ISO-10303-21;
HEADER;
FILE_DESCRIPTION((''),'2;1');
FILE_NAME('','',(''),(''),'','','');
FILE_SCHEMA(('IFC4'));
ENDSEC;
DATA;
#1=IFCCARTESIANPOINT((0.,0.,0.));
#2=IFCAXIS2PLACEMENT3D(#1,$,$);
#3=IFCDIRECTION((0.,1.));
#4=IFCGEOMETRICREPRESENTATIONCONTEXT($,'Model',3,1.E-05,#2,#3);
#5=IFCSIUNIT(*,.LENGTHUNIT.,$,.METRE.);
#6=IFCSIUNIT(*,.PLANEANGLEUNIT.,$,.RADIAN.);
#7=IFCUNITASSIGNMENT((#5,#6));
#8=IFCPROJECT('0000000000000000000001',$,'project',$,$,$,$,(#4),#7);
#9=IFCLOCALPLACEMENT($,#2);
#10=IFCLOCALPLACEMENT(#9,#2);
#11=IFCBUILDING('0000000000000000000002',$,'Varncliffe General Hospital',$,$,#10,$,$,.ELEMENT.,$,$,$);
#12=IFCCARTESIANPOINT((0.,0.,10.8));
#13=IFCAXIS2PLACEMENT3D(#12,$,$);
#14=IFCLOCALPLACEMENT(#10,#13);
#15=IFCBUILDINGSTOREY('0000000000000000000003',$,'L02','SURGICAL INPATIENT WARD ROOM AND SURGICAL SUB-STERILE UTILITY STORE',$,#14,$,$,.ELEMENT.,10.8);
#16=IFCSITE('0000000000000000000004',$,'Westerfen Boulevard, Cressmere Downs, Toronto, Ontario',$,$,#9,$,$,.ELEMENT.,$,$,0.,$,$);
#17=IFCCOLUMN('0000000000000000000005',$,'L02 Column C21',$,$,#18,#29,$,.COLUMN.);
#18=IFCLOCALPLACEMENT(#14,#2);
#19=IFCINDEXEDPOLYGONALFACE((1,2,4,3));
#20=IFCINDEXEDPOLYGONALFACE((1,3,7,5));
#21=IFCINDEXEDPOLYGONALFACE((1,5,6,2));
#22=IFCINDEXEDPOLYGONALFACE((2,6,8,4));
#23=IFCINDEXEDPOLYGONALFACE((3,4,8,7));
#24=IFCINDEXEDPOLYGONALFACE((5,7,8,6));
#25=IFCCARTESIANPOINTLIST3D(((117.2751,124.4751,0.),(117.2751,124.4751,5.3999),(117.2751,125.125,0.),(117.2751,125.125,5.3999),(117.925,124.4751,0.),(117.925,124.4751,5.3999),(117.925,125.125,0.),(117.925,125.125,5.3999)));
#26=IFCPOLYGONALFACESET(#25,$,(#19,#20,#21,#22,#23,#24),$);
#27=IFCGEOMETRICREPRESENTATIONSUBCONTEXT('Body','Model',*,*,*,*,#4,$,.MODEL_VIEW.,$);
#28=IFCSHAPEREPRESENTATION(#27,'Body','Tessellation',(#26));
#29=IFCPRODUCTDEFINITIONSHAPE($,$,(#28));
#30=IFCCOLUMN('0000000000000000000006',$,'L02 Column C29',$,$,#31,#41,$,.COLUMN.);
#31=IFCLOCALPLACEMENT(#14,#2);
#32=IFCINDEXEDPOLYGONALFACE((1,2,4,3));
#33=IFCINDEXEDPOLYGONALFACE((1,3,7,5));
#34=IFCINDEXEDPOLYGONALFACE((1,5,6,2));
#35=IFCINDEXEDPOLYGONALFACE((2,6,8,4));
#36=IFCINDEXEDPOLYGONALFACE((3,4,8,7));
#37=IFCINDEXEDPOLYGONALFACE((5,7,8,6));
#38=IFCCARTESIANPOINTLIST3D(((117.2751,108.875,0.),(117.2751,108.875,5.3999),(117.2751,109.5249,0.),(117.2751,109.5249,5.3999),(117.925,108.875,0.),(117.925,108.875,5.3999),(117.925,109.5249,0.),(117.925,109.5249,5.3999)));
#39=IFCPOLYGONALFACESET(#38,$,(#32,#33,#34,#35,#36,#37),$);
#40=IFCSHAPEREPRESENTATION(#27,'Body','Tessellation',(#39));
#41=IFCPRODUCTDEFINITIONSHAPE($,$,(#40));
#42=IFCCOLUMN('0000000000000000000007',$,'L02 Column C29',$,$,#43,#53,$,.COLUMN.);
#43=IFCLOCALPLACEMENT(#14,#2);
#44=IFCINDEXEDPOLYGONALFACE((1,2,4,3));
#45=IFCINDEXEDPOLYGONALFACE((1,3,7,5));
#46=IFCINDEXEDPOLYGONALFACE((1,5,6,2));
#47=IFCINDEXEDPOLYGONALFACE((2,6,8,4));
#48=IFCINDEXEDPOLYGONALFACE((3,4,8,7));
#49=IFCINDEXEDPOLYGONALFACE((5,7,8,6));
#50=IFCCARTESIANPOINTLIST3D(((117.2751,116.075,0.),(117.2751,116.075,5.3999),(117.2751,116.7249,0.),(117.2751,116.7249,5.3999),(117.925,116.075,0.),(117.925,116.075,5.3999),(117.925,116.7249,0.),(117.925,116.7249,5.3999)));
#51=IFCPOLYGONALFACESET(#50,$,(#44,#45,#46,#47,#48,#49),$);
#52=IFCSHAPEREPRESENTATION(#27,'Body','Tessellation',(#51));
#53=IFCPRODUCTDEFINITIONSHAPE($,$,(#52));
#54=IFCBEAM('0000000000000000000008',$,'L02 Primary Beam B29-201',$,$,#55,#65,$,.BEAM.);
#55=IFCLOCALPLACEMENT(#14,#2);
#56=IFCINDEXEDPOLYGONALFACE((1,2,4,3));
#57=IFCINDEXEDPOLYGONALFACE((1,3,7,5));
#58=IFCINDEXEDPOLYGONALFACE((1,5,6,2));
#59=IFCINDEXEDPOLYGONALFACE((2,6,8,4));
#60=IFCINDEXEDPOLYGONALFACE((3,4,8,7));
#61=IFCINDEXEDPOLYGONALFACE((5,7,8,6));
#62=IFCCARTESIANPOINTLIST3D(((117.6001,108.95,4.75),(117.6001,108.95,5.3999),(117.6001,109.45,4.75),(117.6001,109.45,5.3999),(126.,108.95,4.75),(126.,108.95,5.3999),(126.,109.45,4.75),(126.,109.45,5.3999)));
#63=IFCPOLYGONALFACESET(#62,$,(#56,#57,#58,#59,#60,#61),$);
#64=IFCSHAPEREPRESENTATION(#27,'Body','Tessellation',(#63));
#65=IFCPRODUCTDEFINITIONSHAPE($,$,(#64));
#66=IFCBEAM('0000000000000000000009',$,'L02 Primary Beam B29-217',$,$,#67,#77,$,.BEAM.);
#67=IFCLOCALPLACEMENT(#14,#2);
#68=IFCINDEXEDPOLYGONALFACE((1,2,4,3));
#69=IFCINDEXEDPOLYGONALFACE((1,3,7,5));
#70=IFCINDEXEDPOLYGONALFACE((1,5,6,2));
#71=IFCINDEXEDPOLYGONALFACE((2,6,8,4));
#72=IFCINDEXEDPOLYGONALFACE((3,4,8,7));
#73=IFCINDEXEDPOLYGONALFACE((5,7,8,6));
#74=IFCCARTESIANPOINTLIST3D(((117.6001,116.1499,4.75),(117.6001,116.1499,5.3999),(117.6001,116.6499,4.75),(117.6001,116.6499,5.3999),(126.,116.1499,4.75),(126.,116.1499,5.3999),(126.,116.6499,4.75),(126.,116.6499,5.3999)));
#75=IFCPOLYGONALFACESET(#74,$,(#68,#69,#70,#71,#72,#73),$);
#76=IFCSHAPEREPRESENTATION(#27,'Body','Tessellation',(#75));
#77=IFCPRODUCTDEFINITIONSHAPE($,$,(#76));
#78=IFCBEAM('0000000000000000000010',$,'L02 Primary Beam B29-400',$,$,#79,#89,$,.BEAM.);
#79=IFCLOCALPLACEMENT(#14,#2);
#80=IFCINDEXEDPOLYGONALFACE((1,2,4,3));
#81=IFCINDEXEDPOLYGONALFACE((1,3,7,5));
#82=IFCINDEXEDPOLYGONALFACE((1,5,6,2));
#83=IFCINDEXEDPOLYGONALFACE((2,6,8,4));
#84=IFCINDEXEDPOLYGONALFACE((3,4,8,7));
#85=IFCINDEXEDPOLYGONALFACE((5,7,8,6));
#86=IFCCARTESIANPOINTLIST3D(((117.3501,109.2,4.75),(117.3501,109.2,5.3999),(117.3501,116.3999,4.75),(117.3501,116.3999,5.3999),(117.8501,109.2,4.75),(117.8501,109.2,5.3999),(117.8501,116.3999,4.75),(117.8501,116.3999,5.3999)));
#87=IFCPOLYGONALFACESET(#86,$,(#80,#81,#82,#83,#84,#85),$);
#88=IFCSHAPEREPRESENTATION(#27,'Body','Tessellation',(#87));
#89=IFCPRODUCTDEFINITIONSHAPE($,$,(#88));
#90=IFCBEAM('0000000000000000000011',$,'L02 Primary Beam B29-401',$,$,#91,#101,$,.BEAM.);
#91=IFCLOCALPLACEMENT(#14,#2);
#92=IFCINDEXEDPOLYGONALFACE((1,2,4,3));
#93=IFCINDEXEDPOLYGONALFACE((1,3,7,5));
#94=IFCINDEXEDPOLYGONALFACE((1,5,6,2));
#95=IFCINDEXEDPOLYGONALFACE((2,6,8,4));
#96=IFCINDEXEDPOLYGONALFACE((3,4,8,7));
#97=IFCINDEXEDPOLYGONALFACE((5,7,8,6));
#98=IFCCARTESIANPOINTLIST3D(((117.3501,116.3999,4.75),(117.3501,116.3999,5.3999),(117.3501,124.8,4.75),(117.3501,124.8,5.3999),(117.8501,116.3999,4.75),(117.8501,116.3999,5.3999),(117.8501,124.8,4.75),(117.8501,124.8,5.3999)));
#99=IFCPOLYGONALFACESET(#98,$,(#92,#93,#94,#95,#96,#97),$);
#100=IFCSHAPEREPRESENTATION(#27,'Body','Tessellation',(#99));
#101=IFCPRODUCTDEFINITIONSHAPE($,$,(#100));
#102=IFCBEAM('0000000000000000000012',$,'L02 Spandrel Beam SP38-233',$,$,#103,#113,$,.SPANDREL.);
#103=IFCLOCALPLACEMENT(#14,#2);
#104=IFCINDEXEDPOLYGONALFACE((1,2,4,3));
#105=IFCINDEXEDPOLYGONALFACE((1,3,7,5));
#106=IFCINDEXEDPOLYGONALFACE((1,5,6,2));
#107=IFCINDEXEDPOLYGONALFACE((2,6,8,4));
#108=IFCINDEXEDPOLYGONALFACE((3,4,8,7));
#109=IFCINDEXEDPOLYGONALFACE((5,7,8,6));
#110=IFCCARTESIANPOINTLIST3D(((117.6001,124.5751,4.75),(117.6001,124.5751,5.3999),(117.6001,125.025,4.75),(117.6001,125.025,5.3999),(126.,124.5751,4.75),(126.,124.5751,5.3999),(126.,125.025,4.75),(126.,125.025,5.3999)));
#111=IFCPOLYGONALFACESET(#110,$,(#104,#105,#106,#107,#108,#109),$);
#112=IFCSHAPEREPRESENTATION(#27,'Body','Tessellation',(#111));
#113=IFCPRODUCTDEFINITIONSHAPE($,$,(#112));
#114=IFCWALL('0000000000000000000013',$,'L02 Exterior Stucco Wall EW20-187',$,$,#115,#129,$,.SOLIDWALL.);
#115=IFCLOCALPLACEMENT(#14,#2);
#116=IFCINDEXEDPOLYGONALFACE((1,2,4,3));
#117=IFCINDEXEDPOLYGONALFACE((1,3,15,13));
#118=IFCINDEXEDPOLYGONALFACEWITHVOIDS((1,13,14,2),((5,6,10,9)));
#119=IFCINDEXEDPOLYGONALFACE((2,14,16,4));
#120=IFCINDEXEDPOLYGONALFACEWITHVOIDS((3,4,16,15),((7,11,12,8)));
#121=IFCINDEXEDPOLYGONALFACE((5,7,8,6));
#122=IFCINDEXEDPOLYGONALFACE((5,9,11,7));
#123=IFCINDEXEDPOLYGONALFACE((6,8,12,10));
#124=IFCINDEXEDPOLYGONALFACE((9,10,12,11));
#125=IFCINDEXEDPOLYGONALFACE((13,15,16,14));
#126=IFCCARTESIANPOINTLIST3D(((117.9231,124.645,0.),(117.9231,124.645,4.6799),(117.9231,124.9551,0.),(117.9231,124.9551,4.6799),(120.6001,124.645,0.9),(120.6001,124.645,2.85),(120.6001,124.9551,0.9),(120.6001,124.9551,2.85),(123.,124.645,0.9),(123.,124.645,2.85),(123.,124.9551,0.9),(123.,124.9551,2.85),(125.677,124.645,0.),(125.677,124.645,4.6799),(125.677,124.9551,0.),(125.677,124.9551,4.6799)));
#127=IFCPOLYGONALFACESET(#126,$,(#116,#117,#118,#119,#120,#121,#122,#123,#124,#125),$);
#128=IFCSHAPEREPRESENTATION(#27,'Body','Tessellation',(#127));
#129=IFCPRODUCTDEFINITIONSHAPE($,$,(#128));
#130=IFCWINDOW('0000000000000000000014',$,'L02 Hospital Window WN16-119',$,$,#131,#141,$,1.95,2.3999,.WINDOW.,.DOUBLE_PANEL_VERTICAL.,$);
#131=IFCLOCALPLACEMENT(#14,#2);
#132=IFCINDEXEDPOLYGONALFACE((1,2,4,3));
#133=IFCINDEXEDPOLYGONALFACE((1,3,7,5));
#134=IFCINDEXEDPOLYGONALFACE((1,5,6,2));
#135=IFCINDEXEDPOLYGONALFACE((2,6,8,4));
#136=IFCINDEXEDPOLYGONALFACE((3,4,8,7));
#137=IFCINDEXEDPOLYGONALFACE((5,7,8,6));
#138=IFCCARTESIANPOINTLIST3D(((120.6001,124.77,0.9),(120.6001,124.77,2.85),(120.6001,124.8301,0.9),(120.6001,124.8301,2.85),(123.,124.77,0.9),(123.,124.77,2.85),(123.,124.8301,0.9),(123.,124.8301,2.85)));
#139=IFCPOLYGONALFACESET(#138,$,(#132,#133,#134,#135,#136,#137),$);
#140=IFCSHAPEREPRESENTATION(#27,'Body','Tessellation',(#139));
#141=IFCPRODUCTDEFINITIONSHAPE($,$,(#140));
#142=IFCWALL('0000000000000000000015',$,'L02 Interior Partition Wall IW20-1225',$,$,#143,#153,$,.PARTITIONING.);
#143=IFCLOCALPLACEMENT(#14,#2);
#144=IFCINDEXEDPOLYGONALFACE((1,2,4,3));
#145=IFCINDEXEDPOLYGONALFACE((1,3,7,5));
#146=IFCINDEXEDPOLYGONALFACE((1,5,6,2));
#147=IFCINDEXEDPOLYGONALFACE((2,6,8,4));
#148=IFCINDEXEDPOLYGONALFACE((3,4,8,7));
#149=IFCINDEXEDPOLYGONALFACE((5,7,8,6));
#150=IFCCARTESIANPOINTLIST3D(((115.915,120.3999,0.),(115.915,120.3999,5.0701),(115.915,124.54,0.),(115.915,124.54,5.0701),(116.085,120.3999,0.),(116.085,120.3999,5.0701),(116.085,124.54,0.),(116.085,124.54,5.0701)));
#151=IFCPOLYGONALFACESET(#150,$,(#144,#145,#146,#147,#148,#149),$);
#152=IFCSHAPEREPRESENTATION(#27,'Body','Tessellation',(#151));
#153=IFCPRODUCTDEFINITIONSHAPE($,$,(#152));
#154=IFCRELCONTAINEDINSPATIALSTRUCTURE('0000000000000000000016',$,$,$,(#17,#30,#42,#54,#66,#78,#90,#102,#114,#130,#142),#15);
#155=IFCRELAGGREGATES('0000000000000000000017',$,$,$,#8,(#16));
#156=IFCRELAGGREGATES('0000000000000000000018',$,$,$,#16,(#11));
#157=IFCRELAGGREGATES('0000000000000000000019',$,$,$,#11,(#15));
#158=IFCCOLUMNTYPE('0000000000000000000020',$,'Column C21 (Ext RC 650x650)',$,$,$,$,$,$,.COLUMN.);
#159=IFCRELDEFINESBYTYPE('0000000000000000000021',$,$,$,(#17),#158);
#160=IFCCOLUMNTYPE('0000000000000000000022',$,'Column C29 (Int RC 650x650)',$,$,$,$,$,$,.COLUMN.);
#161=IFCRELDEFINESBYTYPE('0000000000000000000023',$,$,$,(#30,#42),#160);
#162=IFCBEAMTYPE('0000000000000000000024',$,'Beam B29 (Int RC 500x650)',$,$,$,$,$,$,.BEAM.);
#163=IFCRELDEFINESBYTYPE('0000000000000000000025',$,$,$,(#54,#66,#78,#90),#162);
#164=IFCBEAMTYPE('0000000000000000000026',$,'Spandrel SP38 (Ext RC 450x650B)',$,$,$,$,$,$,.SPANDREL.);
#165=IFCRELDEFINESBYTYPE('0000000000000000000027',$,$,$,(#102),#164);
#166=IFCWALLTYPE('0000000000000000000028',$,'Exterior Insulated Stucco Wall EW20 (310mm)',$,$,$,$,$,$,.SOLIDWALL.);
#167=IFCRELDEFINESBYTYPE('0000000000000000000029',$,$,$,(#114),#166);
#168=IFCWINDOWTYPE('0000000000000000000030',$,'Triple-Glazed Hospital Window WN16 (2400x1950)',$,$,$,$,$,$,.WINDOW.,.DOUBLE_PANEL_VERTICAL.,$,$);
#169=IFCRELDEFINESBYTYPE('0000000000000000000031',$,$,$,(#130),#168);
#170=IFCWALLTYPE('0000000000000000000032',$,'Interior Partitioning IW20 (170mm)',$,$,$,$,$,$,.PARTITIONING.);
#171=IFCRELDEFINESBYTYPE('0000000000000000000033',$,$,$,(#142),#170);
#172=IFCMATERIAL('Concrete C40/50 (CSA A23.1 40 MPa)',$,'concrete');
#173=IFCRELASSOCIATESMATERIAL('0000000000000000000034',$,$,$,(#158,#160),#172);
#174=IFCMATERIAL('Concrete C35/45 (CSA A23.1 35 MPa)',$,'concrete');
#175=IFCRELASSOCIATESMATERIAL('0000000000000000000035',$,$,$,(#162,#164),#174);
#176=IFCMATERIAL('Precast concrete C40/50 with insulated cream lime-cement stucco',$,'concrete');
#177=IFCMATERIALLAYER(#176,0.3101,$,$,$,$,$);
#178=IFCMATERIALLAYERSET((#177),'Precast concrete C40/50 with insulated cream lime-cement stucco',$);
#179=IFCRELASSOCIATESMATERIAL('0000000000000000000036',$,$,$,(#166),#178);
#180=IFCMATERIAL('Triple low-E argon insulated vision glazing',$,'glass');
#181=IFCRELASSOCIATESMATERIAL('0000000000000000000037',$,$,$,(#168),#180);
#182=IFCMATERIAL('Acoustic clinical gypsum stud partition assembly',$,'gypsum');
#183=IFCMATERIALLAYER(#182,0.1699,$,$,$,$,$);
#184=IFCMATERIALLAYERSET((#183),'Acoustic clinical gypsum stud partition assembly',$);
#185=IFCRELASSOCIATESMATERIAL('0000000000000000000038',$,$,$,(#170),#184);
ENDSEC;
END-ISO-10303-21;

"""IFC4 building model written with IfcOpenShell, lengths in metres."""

from ifc_helpers import new_model, si_unit, direction, frame, frame_2d, origin, origin_2d, place, context, subcontext, project, spatial, rectangle, extrude, material, layer, layer_set, material_profile, profile_set, type_object, element, fill, save


model = new_model("IFC4")

# Units and contexts
model_context = context("Model", 3, precision=1e-05, world=origin(), true_north=direction((0.0, 1.0)))
body_context = subcontext(model_context, "Body", "Model", "MODEL_VIEW")
ifc_project = project(units=[si_unit("LENGTHUNIT", "METRE"), si_unit("PLANEANGLEUNIT", "RADIAN")], contexts=[model_context])

# Site, building, storey
site_placement = place(None, origin())
site = spatial("IfcSite", under=ifc_project, at=site_placement, Name="Westerfen Boulevard, Cressmere Downs, Toronto, Ontario", CompositionType="ELEMENT", RefElevation=0.0)
building_placement = place(site_placement, origin())
building = spatial("IfcBuilding", under=site, at=building_placement, Name="Varncliffe General Hospital", CompositionType="ELEMENT")
storey_placement = place(building_placement, frame((0.0, 0.0, 10.8)))
storey = spatial("IfcBuildingStorey", under=building, at=storey_placement, Name="L02", Description="SURGICAL INPATIENT WARD ROOM AND SURGICAL SUB-STERILE UTILITY STORE", CompositionType="ELEMENT", Elevation=10.8)

# Columns
ifc_material_1 = material(Name="Concrete C40/50 (CSA A23.1 40 MPa)", Category="concrete")
ifc_material_profile_1 = material_profile(ifc_material_1, rectangle(XDim=0.6499, YDim=0.6499, at=origin_2d()), Name="RC 650x650")
ifc_profile_set_1 = profile_set([ifc_material_profile_1], Name="Concrete C40/50 (CSA A23.1 40 MPa)")
column_type_1 = type_object("IfcColumnType", Name="Column C21 (Ext RC 650x650)", PredefinedType="COLUMN", material=ifc_profile_set_1)
column_placement = place(storey_placement, frame((117.6001, 124.8, 0.0), z_axis=(0.0, 0.0, 1.0), x_axis=(1.0, 0.0, 0.0)))
element("IfcColumn", 1, at=column_placement, inside=storey, type_object=column_type_1, Name="L02 Column C21", PredefinedType="COLUMN", context=body_context, shape_type="SweptSolid", body=[
    extrude(rectangle(XDim=0.6499, YDim=0.6499, at=origin_2d()), origin(), (0.0, 0.0, 1.0), 5.3999),
])
ifc_material_profile_2 = material_profile(ifc_material_1, rectangle(XDim=0.6499, YDim=0.6499, at=origin_2d()), Name="RC 650x650")
ifc_profile_set_2 = profile_set([ifc_material_profile_2], Name="Concrete C40/50 (CSA A23.1 40 MPa)")
column_type_2 = type_object("IfcColumnType", Name="Column C29 (Int RC 650x650)", PredefinedType="COLUMN", material=ifc_profile_set_2)
for number, where, z_axis, x_axis, name in (
    (2, (117.6001, 109.2, 0.0), (0.0, 0.0, 1.0), (1.0, 0.0, 0.0), "L02 Column C29"),
    (3, (117.6001, 116.3999, 0.0), (0.0, 0.0, 1.0), (1.0, 0.0, 0.0), "L02 Column C29"),
):
    element("IfcColumn", number, at=place(storey_placement, frame(where, z_axis=z_axis, x_axis=x_axis)), inside=storey, type_object=column_type_2, Name=name, PredefinedType="COLUMN", context=body_context, shape_type="SweptSolid", body=[
        extrude(rectangle(XDim=0.6499, YDim=0.6499, at=origin_2d()), origin(), (0.0, 0.0, 1.0), 5.3999),
    ])

# Beams
ifc_material_2 = material(Name="Concrete C35/45 (CSA A23.1 35 MPa)", Category="concrete")
ifc_material_profile_3 = material_profile(ifc_material_2, rectangle(XDim=0.5, YDim=0.6499, at=origin_2d()), Name="RC 500x650")
ifc_profile_set_3 = profile_set([ifc_material_profile_3], Name="Concrete C35/45 (CSA A23.1 35 MPa)")
beam_type_1 = type_object("IfcBeamType", Name="Beam B29 (Int RC 500x650)", PredefinedType="BEAM", material=ifc_profile_set_3)
for number, where, z_axis, x_axis, name in (
    (4, (117.6001, 109.2, 5.075), (1.0, 0.0, 0.0), (0.0, 1.0, 0.0), "L02 Primary Beam B29-201"),
    (5, (117.6001, 116.3999, 5.075), (1.0, 0.0, 0.0), (0.0, 1.0, 0.0), "L02 Primary Beam B29-217"),
):
    element("IfcBeam", number, at=place(storey_placement, frame(where, z_axis=z_axis, x_axis=x_axis)), inside=storey, type_object=beam_type_1, Name=name, PredefinedType="BEAM", context=body_context, shape_type="SweptSolid", body=[
        extrude(rectangle(XDim=0.5, YDim=0.6499, at=origin_2d()), origin(), (0.0, 0.0, 1.0), 8.3999),
    ])
beam_1_placement = place(storey_placement, frame((117.6001, 109.2, 5.075), z_axis=(0.0, 1.0, 0.0), x_axis=(-1.0, 0.0, 0.0)))
element("IfcBeam", 6, at=beam_1_placement, inside=storey, type_object=beam_type_1, Name="L02 Primary Beam B29-400", PredefinedType="BEAM", context=body_context, shape_type="SweptSolid", body=[
    extrude(rectangle(XDim=0.5, YDim=0.6499, at=origin_2d()), origin(), (0.0, 0.0, 1.0), 7.2),
])
beam_2_placement = place(storey_placement, frame((117.6001, 116.3999, 5.075), z_axis=(0.0, 1.0, 0.0), x_axis=(-1.0, 0.0, 0.0)))
element("IfcBeam", 7, at=beam_2_placement, inside=storey, type_object=beam_type_1, Name="L02 Primary Beam B29-401", PredefinedType="BEAM", context=body_context, shape_type="SweptSolid", body=[
    extrude(rectangle(XDim=0.5, YDim=0.6499, at=origin_2d()), origin(), (0.0, 0.0, 1.0), 8.4001),
])
ifc_material_profile_4 = material_profile(ifc_material_2, rectangle(XDim=0.45, YDim=0.6499, at=origin_2d()), Name="RC 450x650")
ifc_profile_set_4 = profile_set([ifc_material_profile_4], Name="Concrete C35/45 (CSA A23.1 35 MPa)")
beam_type_2 = type_object("IfcBeamType", Name="Spandrel SP38 (Ext RC 450x650B)", PredefinedType="SPANDREL", material=ifc_profile_set_4)
beam_3_placement = place(storey_placement, frame((117.6001, 124.8, 5.075), z_axis=(1.0, 0.0, 0.0), x_axis=(0.0, 1.0, 0.0)))
element("IfcBeam", 8, at=beam_3_placement, inside=storey, type_object=beam_type_2, Name="L02 Spandrel Beam SP38-233", PredefinedType="SPANDREL", context=body_context, shape_type="SweptSolid", body=[
    extrude(rectangle(XDim=0.45, YDim=0.6499, at=origin_2d()), origin(), (0.0, 0.0, 1.0), 8.3999),
])

# Wall, opening, window
ifc_material_3 = material(Name="Precast concrete C40/50 with insulated cream lime-cement stucco", Category="concrete")
ifc_layer_1 = layer(ifc_material_3, 0.3101)
ifc_layer_set_1 = layer_set([ifc_layer_1], Name="Precast concrete C40/50 with insulated cream lime-cement stucco")
wall_type_1 = type_object("IfcWallType", Name="Exterior Insulated Stucco Wall EW20 (310mm)", PredefinedType="SOLIDWALL", material=ifc_layer_set_1)
wall_1_placement = place(storey_placement, frame((117.9231, 124.8, 0.0), z_axis=(0.0, 0.0, 1.0), x_axis=(1.0, 0.0, 0.0)))
wall_1 = element("IfcWall", 9, at=wall_1_placement, inside=storey, type_object=wall_type_1, Name="L02 Exterior Stucco Wall EW20-187", PredefinedType="SOLIDWALL", context=body_context, shape_type="SweptSolid", body=[
    extrude(rectangle(XDim=7.7539, YDim=0.3101, at=frame_2d((3.877, 0.0))), origin(), (0.0, 0.0, 1.0), 4.6799),
])
opening_1_placement = place(wall_1_placement, frame((2.677, 0.0, 0.8999)))
opening_1 = element("IfcOpeningElement", 10, at=opening_1_placement, cuts=wall_1, PredefinedType="OPENING", context=body_context, shape_type="SweptSolid", body=[
    extrude(rectangle(XDim=2.3999, YDim=1.95, at=frame_2d((1.2, 0.9751))), frame((0.0, 0.165, 0.0), z_axis=(0.0, -1.0, 0.0), x_axis=(1.0, 0.0, 0.0)), (0.0, 0.0, 1.0), 0.3301),
])
ifc_material_4 = material(Name="Triple low-E argon insulated vision glazing", Category="glass")
window_type = type_object("IfcWindowType", Name="Triple-Glazed Hospital Window WN16 (2400x1950)", PartitioningType="DOUBLE_PANEL_VERTICAL", PredefinedType="WINDOW", material=ifc_material_4)
window_placement = place(opening_1_placement, origin())
window = element("IfcWindow", 11, at=window_placement, inside=storey, type_object=window_type, Name="L02 Hospital Window WN16-119", OverallHeight=1.95, OverallWidth=2.3999, PartitioningType="DOUBLE_PANEL_VERTICAL", PredefinedType="WINDOW", context=body_context, shape_type="SweptSolid", body=[
    extrude(rectangle(XDim=2.3999, YDim=1.95, at=frame_2d((1.2, 0.9751))), frame((0.0, 0.03, 0.0), z_axis=(0.0, -1.0, 0.0), x_axis=(1.0, 0.0, 0.0)), (0.0, 0.0, 1.0), 0.0601),
])
fill(opening_1, window)

# Wall
ifc_material_5 = material(Name="Acoustic clinical gypsum stud partition assembly", Category="gypsum")
ifc_layer_2 = layer(ifc_material_5, 0.1699)
ifc_layer_set_2 = layer_set([ifc_layer_2], Name="Acoustic clinical gypsum stud partition assembly")
wall_type_2 = type_object("IfcWallType", Name="Interior Partitioning IW20 (170mm)", PredefinedType="PARTITIONING", material=ifc_layer_set_2)
wall_2_placement = place(storey_placement, frame((116.0, 120.3999, 0.0), z_axis=(0.0, 0.0, 1.0), x_axis=(0.0, 1.0, 0.0)))
element("IfcWall", 12, at=wall_2_placement, inside=storey, type_object=wall_type_2, Name="L02 Interior Partition Wall IW20-1225", PredefinedType="PARTITIONING", context=body_context, shape_type="SweptSolid", body=[
    extrude(rectangle(XDim=4.1401, YDim=0.1699, at=frame_2d((2.0701, 0.0))), origin(), (0.0, 0.0, 1.0), 5.0701),
])

save(model, "model.ifc")
